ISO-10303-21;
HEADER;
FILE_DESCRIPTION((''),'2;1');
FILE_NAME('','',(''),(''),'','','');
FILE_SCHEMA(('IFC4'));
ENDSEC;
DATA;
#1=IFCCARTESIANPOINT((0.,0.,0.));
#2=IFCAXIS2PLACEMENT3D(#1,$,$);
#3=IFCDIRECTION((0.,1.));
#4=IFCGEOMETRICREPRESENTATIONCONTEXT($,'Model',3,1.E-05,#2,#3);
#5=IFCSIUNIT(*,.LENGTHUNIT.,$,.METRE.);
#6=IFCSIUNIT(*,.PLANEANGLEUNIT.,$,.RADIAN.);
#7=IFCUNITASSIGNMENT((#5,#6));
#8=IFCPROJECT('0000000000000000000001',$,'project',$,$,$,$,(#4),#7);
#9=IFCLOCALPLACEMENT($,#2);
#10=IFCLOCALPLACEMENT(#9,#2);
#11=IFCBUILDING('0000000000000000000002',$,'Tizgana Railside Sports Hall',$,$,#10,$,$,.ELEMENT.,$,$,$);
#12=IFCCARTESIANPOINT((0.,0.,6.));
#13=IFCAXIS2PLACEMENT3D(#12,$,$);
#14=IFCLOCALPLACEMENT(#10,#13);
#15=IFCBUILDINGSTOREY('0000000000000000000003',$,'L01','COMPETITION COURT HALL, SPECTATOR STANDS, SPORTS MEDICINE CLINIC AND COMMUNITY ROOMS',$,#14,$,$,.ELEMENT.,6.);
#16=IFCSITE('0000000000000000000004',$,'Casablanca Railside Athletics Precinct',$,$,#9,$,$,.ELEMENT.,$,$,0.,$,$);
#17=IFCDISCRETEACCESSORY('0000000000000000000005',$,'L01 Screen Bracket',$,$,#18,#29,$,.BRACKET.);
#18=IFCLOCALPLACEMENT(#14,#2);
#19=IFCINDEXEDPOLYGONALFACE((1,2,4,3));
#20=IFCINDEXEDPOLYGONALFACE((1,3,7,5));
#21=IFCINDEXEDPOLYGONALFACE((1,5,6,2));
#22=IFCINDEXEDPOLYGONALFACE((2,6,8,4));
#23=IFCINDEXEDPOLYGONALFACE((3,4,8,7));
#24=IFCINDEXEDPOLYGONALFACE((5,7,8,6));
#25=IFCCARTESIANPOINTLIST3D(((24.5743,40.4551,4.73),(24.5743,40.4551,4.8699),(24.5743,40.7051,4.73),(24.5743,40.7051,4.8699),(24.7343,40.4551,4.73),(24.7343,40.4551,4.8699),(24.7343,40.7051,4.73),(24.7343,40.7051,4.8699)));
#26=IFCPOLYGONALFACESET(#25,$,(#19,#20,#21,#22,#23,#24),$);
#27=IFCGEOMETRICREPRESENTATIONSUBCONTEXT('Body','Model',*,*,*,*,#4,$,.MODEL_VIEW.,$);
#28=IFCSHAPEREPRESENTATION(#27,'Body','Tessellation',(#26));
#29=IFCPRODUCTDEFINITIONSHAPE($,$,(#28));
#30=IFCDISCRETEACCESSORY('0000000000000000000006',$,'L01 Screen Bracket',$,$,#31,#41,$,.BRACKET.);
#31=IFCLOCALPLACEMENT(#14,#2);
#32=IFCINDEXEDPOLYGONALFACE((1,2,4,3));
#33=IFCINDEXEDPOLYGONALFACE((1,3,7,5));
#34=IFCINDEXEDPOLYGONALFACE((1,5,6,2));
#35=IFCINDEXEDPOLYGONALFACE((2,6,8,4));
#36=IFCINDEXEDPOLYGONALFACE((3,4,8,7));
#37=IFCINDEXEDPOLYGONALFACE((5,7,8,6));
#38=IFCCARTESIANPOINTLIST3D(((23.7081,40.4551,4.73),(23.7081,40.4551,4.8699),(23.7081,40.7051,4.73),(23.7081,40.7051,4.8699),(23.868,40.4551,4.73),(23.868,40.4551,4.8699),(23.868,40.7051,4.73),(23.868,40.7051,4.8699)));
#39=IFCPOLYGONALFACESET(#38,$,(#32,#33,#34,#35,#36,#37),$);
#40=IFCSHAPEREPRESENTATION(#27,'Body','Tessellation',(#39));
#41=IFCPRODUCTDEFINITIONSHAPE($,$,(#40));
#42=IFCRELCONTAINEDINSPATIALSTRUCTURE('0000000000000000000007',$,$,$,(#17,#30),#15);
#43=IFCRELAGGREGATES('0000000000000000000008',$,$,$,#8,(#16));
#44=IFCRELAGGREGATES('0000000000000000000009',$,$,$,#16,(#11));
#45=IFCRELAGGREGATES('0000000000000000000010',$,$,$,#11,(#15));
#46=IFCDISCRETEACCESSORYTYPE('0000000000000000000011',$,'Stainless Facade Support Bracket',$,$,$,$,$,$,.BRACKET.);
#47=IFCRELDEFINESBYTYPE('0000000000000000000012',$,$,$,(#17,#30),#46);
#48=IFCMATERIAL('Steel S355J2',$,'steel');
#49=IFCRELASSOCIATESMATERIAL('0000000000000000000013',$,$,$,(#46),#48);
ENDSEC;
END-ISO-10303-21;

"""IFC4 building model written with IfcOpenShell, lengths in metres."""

from ifc_helpers import new_model, si_unit, direction, frame, origin, origin_2d, place, context, subcontext, project, spatial, rectangle, extrude, material, type_object, element, save


model = new_model("IFC4")

# Units and contexts
model_context = context("Model", 3, precision=1e-05, world=origin(), true_north=direction((0.0, 1.0)))
body_context = subcontext(model_context, "Body", "Model", "MODEL_VIEW")
ifc_project = project(units=[si_unit("LENGTHUNIT", "METRE"), si_unit("PLANEANGLEUNIT", "RADIAN")], contexts=[model_context])

# Site, building, storey
site_placement = place(None, origin())
site = spatial("IfcSite", under=ifc_project, at=site_placement, Name="Casablanca Railside Athletics Precinct", CompositionType="ELEMENT", RefElevation=0.0)
building_placement = place(site_placement, origin())
building = spatial("IfcBuilding", under=site, at=building_placement, Name="Tizgana Railside Sports Hall", CompositionType="ELEMENT")
storey_placement = place(building_placement, frame((0.0, 0.0, 6.0)))
storey = spatial("IfcBuildingStorey", under=building, at=storey_placement, Name="L01", Description="COMPETITION COURT HALL, SPECTATOR STANDS, SPORTS MEDICINE CLINIC AND COMMUNITY ROOMS", CompositionType="ELEMENT", Elevation=6.0)

# Shared definitions
ifc_material_1 = material(Name="Steel S355J2", Category="steel")

# Discrete accessories
discrete_accessory_type = type_object("IfcDiscreteAccessoryType", Name="Stainless Facade Support Bracket", PredefinedType="BRACKET", material=ifc_material_1)
for number, where, z_axis, x_axis, name in (
    (1, (24.6543, 40.5801, 4.73), (0.0, 0.0, 1.0), (-1.0, 0.0, 0.0), "L01 Screen Bracket"),
    (2, (23.7881, 40.5801, 4.73), (0.0, 0.0, 1.0), (-1.0, 0.0, 0.0), "L01 Screen Bracket"),
):
    element("IfcDiscreteAccessory", number, at=place(storey_placement, frame(where, z_axis=z_axis, x_axis=x_axis)), inside=storey, type_object=discrete_accessory_type, Name=name, PredefinedType="BRACKET", context=body_context, shape_type="SweptSolid", body=[
        extrude(rectangle(XDim=0.1599, YDim=0.25, at=origin_2d()), origin(), (0.0, 0.0, 1.0), 0.1399),
    ])

save(model, "model.ifc")
